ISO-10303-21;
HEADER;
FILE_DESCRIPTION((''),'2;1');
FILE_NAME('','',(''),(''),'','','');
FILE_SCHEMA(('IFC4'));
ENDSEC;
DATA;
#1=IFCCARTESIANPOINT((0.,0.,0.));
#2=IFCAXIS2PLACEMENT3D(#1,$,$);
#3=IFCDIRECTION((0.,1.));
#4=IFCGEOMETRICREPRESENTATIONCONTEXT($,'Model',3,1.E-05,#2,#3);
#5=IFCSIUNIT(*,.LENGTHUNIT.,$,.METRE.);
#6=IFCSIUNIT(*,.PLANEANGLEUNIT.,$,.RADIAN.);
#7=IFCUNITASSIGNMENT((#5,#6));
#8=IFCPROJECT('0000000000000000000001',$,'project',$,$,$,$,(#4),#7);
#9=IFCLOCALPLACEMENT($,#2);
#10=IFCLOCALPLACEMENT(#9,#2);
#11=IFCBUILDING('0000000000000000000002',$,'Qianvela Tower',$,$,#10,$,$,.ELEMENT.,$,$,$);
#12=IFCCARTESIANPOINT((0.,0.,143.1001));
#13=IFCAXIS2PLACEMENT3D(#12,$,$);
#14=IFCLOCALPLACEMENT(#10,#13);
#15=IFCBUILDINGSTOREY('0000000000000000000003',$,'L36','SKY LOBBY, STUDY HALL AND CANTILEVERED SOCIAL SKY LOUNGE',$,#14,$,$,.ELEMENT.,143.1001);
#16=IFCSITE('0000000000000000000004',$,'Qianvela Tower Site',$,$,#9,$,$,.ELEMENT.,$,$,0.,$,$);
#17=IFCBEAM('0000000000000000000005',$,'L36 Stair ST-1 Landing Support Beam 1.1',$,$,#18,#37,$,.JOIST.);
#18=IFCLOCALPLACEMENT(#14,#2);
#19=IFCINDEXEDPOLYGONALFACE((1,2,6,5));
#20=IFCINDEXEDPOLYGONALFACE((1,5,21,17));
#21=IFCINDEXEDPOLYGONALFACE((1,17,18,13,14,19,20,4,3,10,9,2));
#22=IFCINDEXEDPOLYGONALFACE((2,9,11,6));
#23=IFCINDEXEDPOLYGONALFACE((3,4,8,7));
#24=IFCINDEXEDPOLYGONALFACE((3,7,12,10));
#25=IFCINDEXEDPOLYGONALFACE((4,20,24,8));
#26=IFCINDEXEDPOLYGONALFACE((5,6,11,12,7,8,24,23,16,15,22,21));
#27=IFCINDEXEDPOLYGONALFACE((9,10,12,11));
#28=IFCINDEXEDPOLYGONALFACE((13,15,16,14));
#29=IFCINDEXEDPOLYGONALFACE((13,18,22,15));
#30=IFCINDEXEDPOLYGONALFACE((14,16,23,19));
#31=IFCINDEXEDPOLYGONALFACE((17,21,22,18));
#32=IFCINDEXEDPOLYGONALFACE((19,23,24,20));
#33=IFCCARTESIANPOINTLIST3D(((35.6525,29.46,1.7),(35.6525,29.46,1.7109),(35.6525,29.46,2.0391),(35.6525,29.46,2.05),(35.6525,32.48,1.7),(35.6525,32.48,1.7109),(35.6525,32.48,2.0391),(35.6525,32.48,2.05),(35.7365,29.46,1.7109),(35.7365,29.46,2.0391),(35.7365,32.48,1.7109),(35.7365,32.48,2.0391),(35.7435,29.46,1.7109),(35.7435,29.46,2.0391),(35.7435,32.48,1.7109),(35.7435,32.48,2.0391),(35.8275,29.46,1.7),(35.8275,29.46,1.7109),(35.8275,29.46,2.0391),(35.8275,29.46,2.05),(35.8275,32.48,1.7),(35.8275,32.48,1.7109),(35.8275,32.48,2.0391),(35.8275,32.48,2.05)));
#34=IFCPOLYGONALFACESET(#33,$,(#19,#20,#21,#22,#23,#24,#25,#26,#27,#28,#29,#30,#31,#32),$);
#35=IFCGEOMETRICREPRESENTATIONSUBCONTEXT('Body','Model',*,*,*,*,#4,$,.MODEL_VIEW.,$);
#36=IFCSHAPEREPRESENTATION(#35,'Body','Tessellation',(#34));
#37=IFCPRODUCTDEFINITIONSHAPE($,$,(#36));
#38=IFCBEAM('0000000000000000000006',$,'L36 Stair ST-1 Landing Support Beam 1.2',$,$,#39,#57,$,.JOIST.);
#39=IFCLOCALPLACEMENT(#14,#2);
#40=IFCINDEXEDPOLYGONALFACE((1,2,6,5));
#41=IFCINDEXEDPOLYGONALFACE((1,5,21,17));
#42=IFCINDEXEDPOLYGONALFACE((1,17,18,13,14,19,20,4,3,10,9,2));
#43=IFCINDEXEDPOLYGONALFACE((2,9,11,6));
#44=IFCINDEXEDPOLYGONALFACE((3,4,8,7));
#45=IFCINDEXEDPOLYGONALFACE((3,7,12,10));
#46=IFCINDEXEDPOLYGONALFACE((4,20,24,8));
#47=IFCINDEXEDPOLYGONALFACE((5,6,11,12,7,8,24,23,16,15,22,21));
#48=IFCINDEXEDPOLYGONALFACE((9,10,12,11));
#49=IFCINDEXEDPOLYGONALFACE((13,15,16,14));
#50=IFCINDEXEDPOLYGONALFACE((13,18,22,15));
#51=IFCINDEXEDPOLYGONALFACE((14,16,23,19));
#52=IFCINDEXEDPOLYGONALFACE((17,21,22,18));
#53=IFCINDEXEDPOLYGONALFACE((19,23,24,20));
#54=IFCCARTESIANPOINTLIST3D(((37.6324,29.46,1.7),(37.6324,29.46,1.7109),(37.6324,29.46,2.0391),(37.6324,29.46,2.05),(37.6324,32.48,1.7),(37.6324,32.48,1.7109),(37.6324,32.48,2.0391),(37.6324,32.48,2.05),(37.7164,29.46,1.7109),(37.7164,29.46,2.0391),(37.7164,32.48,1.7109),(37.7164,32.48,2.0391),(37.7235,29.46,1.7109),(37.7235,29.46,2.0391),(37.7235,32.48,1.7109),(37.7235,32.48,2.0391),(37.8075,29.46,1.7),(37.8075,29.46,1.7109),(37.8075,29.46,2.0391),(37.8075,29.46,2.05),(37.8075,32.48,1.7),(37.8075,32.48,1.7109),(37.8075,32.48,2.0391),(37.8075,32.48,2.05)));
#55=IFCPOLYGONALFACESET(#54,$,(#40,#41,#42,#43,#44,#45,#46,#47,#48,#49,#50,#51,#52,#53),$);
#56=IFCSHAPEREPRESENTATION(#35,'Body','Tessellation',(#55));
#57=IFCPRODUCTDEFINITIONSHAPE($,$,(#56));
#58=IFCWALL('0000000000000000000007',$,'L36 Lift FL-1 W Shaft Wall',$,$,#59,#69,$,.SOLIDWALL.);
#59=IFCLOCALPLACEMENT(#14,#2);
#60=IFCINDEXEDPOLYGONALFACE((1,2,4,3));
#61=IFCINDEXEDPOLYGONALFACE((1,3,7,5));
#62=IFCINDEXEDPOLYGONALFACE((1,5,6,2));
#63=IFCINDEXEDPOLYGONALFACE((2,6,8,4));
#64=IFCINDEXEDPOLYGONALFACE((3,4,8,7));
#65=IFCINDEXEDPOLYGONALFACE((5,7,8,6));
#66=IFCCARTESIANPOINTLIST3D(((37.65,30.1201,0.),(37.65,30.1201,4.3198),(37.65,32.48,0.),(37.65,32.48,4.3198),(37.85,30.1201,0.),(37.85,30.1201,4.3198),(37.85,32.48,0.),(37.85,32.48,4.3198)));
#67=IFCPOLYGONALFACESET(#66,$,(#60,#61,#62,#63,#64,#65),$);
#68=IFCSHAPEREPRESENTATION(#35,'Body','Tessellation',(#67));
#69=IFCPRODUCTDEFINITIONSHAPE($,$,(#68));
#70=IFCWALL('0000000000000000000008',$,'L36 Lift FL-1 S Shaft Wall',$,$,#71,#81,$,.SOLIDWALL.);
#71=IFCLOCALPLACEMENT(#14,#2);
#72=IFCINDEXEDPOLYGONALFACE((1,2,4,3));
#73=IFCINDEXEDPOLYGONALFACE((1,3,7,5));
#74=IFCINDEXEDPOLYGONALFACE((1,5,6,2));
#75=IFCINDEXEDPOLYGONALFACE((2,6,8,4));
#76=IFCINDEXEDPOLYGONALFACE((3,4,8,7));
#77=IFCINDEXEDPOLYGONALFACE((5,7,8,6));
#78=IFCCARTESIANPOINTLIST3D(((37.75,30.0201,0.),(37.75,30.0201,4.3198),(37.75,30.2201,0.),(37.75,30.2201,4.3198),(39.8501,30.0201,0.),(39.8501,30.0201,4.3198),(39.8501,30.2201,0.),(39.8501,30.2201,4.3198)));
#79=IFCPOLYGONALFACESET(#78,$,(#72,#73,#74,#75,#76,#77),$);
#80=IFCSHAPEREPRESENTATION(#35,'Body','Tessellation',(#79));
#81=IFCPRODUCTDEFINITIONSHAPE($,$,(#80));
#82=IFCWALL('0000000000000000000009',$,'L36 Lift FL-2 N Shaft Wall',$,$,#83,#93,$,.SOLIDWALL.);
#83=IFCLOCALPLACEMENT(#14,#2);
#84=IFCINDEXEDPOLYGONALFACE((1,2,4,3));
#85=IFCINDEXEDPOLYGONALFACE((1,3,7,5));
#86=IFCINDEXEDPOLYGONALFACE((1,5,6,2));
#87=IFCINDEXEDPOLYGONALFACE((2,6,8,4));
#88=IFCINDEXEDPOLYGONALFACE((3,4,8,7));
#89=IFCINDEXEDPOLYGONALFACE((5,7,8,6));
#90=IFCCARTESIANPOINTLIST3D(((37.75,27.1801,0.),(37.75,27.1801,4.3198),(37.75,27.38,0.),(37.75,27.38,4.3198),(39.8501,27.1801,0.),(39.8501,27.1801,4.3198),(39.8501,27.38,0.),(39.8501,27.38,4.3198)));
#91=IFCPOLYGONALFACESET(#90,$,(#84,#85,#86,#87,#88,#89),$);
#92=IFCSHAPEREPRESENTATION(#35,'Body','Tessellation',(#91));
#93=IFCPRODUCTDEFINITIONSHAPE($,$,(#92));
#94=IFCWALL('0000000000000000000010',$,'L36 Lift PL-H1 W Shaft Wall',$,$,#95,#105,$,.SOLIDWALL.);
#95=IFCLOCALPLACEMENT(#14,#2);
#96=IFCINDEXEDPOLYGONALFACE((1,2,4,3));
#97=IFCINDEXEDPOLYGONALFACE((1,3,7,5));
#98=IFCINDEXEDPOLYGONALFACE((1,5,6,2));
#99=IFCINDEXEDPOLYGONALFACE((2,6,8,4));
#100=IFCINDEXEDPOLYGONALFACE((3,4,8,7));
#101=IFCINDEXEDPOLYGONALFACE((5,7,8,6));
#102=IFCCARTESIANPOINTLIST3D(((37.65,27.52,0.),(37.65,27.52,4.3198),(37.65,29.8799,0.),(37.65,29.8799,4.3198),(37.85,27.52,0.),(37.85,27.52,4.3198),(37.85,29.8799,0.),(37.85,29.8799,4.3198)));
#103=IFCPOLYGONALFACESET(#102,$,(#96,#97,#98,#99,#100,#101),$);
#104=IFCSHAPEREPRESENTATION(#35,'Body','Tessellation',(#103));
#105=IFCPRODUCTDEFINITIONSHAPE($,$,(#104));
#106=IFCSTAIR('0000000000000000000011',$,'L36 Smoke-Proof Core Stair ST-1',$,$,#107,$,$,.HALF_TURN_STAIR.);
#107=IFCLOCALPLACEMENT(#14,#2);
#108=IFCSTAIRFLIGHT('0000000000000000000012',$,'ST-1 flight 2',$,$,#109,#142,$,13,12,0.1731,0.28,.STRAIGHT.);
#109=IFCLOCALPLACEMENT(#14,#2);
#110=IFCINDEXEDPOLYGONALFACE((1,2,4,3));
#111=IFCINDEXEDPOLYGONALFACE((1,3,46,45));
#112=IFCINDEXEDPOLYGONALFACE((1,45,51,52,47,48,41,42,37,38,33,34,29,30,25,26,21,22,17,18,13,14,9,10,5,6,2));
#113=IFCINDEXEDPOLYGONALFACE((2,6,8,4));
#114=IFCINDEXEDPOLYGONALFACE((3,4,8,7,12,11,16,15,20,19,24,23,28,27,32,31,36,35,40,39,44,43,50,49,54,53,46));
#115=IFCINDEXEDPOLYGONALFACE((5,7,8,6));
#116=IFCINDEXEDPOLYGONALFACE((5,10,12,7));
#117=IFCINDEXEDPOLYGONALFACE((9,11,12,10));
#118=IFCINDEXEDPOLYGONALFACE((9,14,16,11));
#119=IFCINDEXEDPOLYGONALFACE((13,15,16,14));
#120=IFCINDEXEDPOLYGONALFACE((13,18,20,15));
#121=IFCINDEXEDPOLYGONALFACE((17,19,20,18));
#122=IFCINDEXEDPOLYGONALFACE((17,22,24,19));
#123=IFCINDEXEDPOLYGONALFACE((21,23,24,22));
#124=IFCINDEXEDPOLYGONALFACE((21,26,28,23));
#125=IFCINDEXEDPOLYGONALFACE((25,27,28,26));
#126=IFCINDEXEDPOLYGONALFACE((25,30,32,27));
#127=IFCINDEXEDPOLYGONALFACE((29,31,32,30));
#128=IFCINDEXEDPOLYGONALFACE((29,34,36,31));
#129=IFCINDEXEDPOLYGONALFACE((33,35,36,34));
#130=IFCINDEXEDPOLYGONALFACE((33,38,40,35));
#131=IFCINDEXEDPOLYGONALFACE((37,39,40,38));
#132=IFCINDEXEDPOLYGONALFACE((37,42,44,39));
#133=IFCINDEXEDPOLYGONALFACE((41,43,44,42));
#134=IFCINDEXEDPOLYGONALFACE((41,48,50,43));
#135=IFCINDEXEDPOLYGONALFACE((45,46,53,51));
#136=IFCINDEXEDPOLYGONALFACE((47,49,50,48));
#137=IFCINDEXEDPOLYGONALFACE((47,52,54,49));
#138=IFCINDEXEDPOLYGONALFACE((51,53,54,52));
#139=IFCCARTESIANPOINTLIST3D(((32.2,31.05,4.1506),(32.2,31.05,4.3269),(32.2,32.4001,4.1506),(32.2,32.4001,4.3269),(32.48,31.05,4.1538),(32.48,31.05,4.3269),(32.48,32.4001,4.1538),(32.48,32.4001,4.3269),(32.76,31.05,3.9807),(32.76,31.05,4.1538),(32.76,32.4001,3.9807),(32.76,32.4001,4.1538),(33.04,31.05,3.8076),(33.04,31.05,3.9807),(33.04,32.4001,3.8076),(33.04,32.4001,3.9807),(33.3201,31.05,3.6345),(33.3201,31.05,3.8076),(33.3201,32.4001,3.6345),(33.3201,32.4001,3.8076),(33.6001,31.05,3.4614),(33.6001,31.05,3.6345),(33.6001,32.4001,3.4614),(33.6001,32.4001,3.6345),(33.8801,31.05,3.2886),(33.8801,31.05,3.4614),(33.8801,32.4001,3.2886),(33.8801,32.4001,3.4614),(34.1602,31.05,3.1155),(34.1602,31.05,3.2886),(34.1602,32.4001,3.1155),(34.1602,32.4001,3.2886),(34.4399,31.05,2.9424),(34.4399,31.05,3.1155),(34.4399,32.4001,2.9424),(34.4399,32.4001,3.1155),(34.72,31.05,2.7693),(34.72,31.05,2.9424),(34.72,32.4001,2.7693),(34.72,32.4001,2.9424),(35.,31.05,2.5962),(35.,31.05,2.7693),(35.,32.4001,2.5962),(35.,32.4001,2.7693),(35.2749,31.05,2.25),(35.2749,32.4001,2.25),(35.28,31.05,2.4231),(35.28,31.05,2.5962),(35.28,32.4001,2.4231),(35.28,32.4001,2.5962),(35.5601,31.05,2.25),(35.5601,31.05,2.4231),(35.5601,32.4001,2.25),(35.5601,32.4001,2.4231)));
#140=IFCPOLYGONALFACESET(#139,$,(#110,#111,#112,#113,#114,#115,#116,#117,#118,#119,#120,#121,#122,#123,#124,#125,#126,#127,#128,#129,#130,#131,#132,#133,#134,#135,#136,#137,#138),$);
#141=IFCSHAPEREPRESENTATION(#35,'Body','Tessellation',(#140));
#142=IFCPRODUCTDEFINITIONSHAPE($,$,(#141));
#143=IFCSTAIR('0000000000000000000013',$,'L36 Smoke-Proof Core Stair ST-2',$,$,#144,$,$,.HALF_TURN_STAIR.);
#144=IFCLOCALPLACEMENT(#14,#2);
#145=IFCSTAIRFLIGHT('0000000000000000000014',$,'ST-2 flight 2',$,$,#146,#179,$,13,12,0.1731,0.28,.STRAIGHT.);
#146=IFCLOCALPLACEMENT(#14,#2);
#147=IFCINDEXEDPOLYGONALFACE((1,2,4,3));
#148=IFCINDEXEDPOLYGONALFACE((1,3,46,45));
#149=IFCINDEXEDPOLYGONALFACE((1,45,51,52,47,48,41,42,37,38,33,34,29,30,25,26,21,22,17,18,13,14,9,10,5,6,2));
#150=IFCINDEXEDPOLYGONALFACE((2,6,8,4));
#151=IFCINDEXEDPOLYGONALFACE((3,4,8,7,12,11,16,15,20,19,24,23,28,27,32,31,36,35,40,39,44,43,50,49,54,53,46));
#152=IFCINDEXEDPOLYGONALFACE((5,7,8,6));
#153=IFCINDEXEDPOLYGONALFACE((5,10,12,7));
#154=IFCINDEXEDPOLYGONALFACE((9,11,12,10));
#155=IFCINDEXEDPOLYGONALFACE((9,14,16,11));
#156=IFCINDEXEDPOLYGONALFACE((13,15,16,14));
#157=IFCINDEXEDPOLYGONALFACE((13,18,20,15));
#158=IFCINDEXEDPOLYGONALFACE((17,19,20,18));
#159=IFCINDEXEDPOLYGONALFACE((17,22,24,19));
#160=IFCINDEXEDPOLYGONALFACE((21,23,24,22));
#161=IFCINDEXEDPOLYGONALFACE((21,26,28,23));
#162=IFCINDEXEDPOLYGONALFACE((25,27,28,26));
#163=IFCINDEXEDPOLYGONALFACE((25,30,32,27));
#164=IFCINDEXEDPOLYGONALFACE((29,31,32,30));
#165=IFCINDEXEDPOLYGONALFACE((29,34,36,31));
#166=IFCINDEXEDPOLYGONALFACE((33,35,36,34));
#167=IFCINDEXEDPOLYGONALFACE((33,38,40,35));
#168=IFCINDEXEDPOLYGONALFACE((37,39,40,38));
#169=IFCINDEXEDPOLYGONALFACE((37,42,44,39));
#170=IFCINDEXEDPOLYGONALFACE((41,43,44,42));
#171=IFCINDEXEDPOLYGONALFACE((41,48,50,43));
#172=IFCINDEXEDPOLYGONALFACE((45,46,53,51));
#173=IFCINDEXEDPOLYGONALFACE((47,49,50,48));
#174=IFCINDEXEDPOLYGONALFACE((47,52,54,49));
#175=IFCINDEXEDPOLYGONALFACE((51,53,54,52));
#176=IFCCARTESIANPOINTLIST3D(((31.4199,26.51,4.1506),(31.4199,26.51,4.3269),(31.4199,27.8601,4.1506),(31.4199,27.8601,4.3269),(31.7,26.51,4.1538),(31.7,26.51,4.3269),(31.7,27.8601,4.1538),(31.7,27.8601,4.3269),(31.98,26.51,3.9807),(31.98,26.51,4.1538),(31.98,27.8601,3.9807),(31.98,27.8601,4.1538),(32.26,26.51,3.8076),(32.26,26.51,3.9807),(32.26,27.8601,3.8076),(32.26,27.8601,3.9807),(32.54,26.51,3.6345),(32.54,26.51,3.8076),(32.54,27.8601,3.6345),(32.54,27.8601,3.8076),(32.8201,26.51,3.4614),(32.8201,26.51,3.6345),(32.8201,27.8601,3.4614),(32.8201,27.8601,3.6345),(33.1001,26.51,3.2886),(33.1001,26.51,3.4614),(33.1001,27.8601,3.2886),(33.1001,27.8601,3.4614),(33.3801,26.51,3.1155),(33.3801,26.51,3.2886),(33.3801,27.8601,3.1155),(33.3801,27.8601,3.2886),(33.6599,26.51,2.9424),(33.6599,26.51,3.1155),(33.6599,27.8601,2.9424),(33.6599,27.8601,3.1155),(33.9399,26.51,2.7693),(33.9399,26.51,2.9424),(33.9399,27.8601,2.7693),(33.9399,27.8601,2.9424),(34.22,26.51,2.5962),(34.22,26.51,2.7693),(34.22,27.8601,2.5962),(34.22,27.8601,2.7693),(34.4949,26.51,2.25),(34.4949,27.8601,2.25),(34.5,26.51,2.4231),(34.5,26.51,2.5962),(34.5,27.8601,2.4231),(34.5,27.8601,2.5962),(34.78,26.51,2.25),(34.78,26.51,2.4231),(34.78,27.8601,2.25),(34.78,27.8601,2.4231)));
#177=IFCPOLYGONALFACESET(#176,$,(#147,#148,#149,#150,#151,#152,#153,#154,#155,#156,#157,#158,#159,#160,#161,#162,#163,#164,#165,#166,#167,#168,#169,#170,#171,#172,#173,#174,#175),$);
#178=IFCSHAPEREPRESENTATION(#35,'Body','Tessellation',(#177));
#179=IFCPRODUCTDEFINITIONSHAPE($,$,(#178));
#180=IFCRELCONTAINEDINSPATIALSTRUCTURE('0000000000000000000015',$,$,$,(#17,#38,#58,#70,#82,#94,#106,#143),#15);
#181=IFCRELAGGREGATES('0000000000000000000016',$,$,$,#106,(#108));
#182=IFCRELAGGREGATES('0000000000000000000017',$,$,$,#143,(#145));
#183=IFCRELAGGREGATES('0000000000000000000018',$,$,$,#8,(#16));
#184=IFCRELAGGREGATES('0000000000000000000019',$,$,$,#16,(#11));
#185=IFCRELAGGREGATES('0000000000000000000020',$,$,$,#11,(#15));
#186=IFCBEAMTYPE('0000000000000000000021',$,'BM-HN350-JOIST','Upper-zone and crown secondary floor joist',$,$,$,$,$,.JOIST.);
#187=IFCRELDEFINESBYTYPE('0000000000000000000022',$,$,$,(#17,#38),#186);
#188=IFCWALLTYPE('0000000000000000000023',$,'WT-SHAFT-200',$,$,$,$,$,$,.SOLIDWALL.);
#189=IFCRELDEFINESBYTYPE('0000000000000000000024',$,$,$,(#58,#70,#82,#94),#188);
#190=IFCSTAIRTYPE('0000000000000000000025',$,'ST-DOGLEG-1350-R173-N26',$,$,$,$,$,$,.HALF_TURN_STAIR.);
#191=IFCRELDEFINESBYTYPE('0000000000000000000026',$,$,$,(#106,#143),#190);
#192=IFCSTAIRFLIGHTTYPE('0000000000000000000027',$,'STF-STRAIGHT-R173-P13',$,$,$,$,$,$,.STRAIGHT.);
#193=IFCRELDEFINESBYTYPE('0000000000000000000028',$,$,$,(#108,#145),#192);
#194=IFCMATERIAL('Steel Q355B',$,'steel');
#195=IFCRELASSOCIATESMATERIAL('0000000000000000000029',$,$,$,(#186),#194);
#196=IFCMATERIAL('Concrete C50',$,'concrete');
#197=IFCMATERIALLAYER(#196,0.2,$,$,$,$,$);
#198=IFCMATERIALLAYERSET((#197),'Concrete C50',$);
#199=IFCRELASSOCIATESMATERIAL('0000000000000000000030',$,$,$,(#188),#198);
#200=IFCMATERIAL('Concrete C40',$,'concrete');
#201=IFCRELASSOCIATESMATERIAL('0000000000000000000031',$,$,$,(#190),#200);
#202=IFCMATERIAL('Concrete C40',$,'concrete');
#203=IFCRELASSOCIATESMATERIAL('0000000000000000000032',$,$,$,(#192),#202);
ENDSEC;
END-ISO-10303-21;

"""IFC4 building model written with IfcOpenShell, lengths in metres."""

from ifc_helpers import new_model, si_unit, direction, frame, frame_2d, origin, origin_2d, place, context, subcontext, project, spatial, polyline, rectangle, i_section, outline, extrude, material, layer, layer_set, material_profile, profile_set, type_object, element, aggregate, save


model = new_model("IFC4")

# Units and contexts
model_context = context("Model", 3, precision=1e-05, world=origin(), true_north=direction((0.0, 1.0)))
body_context = subcontext(model_context, "Body", "Model", "MODEL_VIEW")
ifc_project = project(units=[si_unit("LENGTHUNIT", "METRE"), si_unit("PLANEANGLEUNIT", "RADIAN")], contexts=[model_context])

# Site, building, storey
site_placement = place(None, origin())
site = spatial("IfcSite", under=ifc_project, at=site_placement, Name="Qianvela Tower Site", CompositionType="ELEMENT", RefElevation=0.0)
building_placement = place(site_placement, origin())
building = spatial("IfcBuilding", under=site, at=building_placement, Name="Qianvela Tower", CompositionType="ELEMENT")
storey_placement = place(building_placement, frame((0.0, 0.0, 143.1001)))
storey = spatial("IfcBuildingStorey", under=building, at=storey_placement, Name="L36", Description="SKY LOBBY, STUDY HALL AND CANTILEVERED SOCIAL SKY LOUNGE", CompositionType="ELEMENT", Elevation=143.1001)

# Beams
ifc_material_1 = material(Name="Steel Q355B", Category="steel")
ifc_material_profile = material_profile(ifc_material_1, i_section(OverallWidth=0.175, OverallDepth=0.3501, WebThickness=0.0071, FlangeThickness=0.011, at=origin_2d()), Name="HN350x175x7x11")
ifc_profile_set = profile_set([ifc_material_profile], Name="Steel Q355B")
beam_type = type_object("IfcBeamType", Name="BM-HN350-JOIST", Description="Upper-zone and crown secondary floor joist", PredefinedType="JOIST", material=ifc_profile_set)
for number, where, z_axis, x_axis, name in (
    (1, (35.74, 29.46, 1.875), (0.0, 1.0, 0.0), (-1.0, 0.0, 0.0), "L36 Stair ST-1 Landing Support Beam 1.1"),
    (2, (37.72, 29.46, 1.875), (0.0, 1.0, 0.0), (-1.0, 0.0, 0.0), "L36 Stair ST-1 Landing Support Beam 1.2"),
):
    element("IfcBeam", number, at=place(storey_placement, frame(where, z_axis=z_axis, x_axis=x_axis)), inside=storey, type_object=beam_type, Name=name, PredefinedType="JOIST", context=body_context, shape_type="SweptSolid", body=[
        extrude(i_section(OverallWidth=0.175, OverallDepth=0.3501, WebThickness=0.0071, FlangeThickness=0.011, at=origin_2d()), origin(), (0.0, 0.0, 1.0), 3.02),
    ])

# Shared definitions
ifc_material_2 = material(Name="Concrete C50", Category="concrete")
ifc_layer = layer(ifc_material_2, 0.2)
ifc_layer_set = layer_set([ifc_layer], Name="Concrete C50")
wall_type = type_object("IfcWallType", Name="WT-SHAFT-200", PredefinedType="SOLIDWALL", material=ifc_layer_set)

# Walls
wall_1_placement = place(storey_placement, frame((37.75, 30.1201, 0.0), z_axis=(0.0, 0.0, 1.0), x_axis=(0.0, 1.0, 0.0)))
element("IfcWall", 3, at=wall_1_placement, inside=storey, type_object=wall_type, Name="L36 Lift FL-1 W Shaft Wall", PredefinedType="SOLIDWALL", context=body_context, shape_type="SweptSolid", body=[
    extrude(rectangle(XDim=2.3599, YDim=0.2, at=frame_2d((1.1799, 0.0))), origin(), (0.0, 0.0, 1.0), 4.3198),
])
for number, where, z_axis, x_axis, name in (
    (4, (37.75, 30.1201, 0.0), (0.0, 0.0, 1.0), (1.0, 0.0, 0.0), "L36 Lift FL-1 S Shaft Wall"),
    (5, (37.75, 27.28, 0.0), (0.0, 0.0, 1.0), (1.0, 0.0, 0.0), "L36 Lift FL-2 N Shaft Wall"),
):
    element("IfcWall", number, at=place(storey_placement, frame(where, z_axis=z_axis, x_axis=x_axis)), inside=storey, type_object=wall_type, Name=name, PredefinedType="SOLIDWALL", context=body_context, shape_type="SweptSolid", body=[
        extrude(rectangle(XDim=2.1001, YDim=0.2, at=frame_2d((1.05, 0.0))), origin(), (0.0, 0.0, 1.0), 4.3198),
    ])

# Wall
wall_2_placement = place(storey_placement, frame((37.75, 27.52, 0.0), z_axis=(0.0, 0.0, 1.0), x_axis=(0.0, 1.0, 0.0)))
element("IfcWall", 6, at=wall_2_placement, inside=storey, type_object=wall_type, Name="L36 Lift PL-H1 W Shaft Wall", PredefinedType="SOLIDWALL", context=body_context, shape_type="SweptSolid", body=[
    extrude(rectangle(XDim=2.3599, YDim=0.2, at=frame_2d((1.1799, 0.0))), origin(), (0.0, 0.0, 1.0), 4.3198),
])

# Stairs, stair flights
ifc_material_3 = material(Name="Concrete C40", Category="concrete")
stair_type = type_object("IfcStairType", Name="ST-DOGLEG-1350-R173-N26", PredefinedType="HALF_TURN_STAIR", material=ifc_material_3)
stair_1_placement = place(storey_placement, origin())
stair_1 = element("IfcStair", 7, at=stair_1_placement, inside=storey, type_object=stair_type, Name="L36 Smoke-Proof Core Stair ST-1", PredefinedType="HALF_TURN_STAIR")
ifc_material_4 = material(Name="Concrete C40", Category="concrete")
stair_flight_type = type_object("IfcStairFlightType", Name="STF-STRAIGHT-R173-P13", PredefinedType="STRAIGHT", material=ifc_material_4)
stair_flight_1_placement = place(storey_placement, frame((35.5601, 31.7251, 2.25), z_axis=(0.0, 0.0, 1.0), x_axis=(-1.0, 0.0, 0.0)))
stair_flight_1 = element("IfcStairFlight", 8, at=stair_flight_1_placement, type_object=stair_flight_type, Name="ST-1 flight 2", NumberOfRisers=13, NumberOfTreads=12, PredefinedType="STRAIGHT", RiserHeight=0.1731, TreadLength=0.28, context=body_context, shape_type="SweptSolid", body=[
    extrude(outline(polyline([(0.0, 0.0), (0.0, 0.1731), (0.28, 0.1731), (0.28, 0.3462), (0.5601, 0.3462), (0.5601, 0.5193), (0.8401, 0.5193), (0.8401, 0.6924), (1.1201, 0.6924), (1.1201, 0.8655), (1.3999, 0.8655), (1.3999, 1.0386), (1.6799, 1.0386), (1.6799, 1.2114), (1.96, 1.2114), (1.96, 1.3845), (2.24, 1.3845), (2.24, 1.5576), (2.52, 1.5576), (2.52, 1.7307), (2.8, 1.7307), (2.8, 1.9038), (3.0801, 1.9038), (3.0801, 2.0769), (3.3601, 2.0769), (3.3601, 2.25), (3.3601, 1.9006), (0.2852, 0.0), (0.0, 0.0)])), frame((0.0, 0.675, 0.0), z_axis=(0.0, -1.0, 0.0), x_axis=(1.0, 0.0, 0.0)), (0.0, 0.0, 1.0), 1.3501),
])
aggregate(stair_1, [stair_flight_1])
stair_2_placement = place(storey_placement, origin())
stair_2 = element("IfcStair", 9, at=stair_2_placement, inside=storey, type_object=stair_type, Name="L36 Smoke-Proof Core Stair ST-2", PredefinedType="HALF_TURN_STAIR")
stair_flight_2_placement = place(storey_placement, frame((34.78, 27.1851, 2.25), z_axis=(0.0, 0.0, 1.0), x_axis=(-1.0, 0.0, 0.0)))
stair_flight_2 = element("IfcStairFlight", 10, at=stair_flight_2_placement, type_object=stair_flight_type, Name="ST-2 flight 2", NumberOfRisers=13, NumberOfTreads=12, PredefinedType="STRAIGHT", RiserHeight=0.1731, TreadLength=0.28, context=body_context, shape_type="SweptSolid", body=[
    extrude(outline(polyline([(0.0, 0.0), (0.0, 0.1731), (0.28, 0.1731), (0.28, 0.3462), (0.5601, 0.3462), (0.5601, 0.5193), (0.8401, 0.5193), (0.8401, 0.6924), (1.1201, 0.6924), (1.1201, 0.8655), (1.3999, 0.8655), (1.3999, 1.0386), (1.6799, 1.0386), (1.6799, 1.2114), (1.96, 1.2114), (1.96, 1.3845), (2.24, 1.3845), (2.24, 1.5576), (2.52, 1.5576), (2.52, 1.7307), (2.8, 1.7307), (2.8, 1.9038), (3.0801, 1.9038), (3.0801, 2.0769), (3.3601, 2.0769), (3.3601, 2.25), (3.3601, 1.9006), (0.2852, 0.0), (0.0, 0.0)])), frame((0.0, 0.675, 0.0), z_axis=(0.0, -1.0, 0.0), x_axis=(1.0, 0.0, 0.0)), (0.0, 0.0, 1.0), 1.3501),
])
aggregate(stair_2, [stair_flight_2])

save(model, "model.ifc")
